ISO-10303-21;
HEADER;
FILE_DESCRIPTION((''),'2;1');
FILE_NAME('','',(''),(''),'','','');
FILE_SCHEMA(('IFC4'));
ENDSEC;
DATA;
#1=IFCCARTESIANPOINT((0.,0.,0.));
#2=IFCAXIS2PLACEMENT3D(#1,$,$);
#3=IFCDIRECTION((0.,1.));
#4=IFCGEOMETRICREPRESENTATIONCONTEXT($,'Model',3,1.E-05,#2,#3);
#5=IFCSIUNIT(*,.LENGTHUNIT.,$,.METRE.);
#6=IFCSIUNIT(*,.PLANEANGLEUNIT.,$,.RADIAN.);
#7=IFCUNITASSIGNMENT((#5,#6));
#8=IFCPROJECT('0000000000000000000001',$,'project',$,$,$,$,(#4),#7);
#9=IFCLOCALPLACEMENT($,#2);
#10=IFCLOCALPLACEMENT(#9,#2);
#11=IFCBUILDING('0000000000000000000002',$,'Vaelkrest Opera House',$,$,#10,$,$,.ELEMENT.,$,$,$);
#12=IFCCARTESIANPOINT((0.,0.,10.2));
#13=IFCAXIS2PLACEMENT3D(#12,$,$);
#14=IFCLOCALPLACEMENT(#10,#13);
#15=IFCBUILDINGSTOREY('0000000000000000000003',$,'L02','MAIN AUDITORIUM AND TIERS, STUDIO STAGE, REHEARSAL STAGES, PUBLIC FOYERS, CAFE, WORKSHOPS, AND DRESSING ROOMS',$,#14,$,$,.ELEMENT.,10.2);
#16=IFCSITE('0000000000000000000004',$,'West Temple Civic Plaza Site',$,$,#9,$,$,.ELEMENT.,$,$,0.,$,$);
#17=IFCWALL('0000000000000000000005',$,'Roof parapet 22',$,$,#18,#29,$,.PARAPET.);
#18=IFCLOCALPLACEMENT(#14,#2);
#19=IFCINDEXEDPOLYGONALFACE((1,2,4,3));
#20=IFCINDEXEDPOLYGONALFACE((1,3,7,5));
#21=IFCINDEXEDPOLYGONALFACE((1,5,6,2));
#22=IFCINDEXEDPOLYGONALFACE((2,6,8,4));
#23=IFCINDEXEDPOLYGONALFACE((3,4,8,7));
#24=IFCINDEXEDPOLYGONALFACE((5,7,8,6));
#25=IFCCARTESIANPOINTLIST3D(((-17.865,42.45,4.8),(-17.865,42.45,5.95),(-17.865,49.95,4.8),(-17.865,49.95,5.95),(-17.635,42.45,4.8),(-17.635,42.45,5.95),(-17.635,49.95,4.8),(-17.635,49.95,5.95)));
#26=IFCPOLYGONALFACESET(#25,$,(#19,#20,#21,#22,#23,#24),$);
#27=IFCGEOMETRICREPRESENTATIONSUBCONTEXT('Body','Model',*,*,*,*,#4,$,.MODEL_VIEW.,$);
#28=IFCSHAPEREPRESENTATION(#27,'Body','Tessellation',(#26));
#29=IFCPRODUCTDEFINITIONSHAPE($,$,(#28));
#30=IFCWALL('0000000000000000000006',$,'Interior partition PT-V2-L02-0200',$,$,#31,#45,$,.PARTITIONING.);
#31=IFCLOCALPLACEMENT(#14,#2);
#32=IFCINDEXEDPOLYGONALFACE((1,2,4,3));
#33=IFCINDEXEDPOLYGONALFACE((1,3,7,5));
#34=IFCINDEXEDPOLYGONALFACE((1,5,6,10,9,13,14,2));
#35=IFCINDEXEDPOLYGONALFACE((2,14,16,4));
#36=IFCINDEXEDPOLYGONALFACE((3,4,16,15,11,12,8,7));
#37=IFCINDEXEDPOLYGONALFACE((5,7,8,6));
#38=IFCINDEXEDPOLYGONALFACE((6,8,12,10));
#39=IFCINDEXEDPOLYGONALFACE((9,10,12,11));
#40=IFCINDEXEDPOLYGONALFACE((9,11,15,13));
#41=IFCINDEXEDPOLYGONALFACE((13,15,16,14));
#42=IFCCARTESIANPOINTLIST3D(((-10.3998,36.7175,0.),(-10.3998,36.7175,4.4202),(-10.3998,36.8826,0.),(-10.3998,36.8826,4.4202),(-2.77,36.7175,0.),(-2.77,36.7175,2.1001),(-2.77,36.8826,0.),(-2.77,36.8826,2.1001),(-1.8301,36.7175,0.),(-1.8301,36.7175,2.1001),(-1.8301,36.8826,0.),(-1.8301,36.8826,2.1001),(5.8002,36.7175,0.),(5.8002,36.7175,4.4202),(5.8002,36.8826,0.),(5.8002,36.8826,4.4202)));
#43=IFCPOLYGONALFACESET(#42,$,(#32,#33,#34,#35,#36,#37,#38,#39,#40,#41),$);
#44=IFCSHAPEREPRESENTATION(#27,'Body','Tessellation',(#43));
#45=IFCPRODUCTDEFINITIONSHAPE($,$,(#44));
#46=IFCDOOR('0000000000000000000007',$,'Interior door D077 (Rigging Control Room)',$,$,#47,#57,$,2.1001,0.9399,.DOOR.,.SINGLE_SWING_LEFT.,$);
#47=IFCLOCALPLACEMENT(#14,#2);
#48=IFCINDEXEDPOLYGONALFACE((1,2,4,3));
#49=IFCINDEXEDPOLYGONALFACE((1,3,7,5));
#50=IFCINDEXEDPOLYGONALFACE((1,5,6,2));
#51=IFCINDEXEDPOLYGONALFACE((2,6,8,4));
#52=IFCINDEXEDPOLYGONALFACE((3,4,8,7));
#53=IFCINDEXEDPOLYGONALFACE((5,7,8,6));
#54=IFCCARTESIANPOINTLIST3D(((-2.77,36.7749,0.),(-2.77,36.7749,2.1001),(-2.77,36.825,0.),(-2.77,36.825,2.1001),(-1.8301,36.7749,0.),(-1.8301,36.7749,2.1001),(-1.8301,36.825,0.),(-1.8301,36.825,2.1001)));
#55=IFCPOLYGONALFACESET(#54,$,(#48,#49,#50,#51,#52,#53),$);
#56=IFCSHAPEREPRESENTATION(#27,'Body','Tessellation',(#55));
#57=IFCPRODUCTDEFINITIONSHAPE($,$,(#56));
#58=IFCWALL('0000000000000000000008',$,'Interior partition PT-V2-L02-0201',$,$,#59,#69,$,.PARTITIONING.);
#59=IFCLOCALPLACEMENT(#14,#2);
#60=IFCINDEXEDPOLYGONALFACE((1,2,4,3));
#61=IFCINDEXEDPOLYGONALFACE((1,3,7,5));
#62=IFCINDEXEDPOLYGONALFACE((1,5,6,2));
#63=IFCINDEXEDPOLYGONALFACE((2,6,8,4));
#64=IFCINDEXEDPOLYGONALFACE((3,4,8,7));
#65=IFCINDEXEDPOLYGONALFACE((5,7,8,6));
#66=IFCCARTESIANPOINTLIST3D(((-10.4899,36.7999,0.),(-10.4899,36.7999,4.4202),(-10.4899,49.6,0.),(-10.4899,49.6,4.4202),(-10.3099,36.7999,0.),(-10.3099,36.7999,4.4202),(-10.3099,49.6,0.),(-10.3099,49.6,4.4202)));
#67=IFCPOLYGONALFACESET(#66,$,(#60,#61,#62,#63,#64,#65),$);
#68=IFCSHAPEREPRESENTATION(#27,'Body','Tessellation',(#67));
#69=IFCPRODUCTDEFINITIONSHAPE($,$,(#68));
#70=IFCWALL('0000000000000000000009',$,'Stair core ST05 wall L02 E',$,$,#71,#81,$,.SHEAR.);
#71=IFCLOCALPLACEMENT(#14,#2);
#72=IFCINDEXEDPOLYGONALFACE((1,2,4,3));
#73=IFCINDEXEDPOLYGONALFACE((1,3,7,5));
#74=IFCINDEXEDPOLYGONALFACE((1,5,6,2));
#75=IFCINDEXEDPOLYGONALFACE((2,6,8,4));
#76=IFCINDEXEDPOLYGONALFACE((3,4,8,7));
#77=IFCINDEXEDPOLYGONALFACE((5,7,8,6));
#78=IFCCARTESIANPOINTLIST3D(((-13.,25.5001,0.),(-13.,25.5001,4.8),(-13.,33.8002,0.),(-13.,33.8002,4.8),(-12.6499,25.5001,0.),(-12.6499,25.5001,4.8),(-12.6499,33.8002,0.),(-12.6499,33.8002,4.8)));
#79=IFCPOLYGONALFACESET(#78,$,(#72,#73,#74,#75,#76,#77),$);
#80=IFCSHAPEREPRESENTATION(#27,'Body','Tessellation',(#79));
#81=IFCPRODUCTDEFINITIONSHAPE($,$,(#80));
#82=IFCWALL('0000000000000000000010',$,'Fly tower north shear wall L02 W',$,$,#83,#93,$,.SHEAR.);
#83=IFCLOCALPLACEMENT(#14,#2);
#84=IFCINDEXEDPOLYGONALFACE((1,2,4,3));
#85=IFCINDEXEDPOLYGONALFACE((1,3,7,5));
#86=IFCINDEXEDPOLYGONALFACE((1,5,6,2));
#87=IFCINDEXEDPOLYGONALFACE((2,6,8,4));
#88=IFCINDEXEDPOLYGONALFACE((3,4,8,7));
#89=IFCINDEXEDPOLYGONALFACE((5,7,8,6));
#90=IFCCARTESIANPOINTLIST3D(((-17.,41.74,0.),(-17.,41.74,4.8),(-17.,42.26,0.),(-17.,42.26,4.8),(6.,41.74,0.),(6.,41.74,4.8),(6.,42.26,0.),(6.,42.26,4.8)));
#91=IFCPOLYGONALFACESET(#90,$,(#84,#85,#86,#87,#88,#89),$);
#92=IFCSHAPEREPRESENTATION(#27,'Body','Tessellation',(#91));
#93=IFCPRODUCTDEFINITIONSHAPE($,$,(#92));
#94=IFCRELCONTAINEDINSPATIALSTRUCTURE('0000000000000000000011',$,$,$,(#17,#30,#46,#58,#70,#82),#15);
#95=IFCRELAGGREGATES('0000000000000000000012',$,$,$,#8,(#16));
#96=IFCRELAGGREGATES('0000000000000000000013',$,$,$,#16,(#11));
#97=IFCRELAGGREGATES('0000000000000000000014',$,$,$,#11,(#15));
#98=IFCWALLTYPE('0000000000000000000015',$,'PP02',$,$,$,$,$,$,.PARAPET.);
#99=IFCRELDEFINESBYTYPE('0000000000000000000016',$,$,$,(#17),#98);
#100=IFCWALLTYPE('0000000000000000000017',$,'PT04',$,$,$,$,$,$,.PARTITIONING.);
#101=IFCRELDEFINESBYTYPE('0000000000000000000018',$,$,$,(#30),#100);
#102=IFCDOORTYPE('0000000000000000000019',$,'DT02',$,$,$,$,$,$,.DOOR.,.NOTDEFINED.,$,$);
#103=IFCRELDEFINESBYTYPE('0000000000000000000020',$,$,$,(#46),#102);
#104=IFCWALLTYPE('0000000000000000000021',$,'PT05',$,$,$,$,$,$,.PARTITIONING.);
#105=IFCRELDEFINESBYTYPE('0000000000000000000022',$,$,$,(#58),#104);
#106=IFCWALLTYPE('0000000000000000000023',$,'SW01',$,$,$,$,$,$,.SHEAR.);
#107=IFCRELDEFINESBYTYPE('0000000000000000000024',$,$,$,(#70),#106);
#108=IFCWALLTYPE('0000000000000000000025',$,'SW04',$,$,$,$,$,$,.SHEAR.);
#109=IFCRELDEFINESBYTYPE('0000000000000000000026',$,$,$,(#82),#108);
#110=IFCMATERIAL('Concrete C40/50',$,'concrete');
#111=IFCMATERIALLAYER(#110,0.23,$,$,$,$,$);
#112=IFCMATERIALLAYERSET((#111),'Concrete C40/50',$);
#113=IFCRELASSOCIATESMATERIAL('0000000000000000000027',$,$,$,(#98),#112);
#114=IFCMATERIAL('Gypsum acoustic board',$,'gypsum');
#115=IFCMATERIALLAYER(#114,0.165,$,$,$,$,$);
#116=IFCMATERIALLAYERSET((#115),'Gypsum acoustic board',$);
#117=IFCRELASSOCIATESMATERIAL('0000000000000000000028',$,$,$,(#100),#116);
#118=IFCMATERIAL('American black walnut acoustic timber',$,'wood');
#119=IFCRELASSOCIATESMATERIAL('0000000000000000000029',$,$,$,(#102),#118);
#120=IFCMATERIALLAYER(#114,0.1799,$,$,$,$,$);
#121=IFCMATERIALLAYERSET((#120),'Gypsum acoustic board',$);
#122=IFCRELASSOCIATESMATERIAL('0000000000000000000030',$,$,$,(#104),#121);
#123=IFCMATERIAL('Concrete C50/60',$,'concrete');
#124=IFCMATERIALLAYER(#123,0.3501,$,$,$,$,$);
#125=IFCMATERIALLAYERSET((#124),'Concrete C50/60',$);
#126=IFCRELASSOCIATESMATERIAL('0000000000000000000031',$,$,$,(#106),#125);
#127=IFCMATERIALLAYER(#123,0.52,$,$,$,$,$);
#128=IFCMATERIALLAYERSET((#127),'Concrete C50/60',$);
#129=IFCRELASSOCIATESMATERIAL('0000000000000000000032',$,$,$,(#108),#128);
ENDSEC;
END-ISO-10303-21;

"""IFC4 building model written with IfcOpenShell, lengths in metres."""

from ifc_helpers import new_model, si_unit, direction, frame, frame_2d, origin, place, context, subcontext, project, spatial, rectangle, extrude, material, layer, layer_set, type_object, element, fill, save


model = new_model("IFC4")

# Units and contexts
model_context = context("Model", 3, precision=1e-05, world=origin(), true_north=direction((0.0, 1.0)))
body_context = subcontext(model_context, "Body", "Model", "MODEL_VIEW")
ifc_project = project(units=[si_unit("LENGTHUNIT", "METRE"), si_unit("PLANEANGLEUNIT", "RADIAN")], contexts=[model_context])

# Site, building, storey
site_placement = place(None, origin())
site = spatial("IfcSite", under=ifc_project, at=site_placement, Name="West Temple Civic Plaza Site", CompositionType="ELEMENT", RefElevation=0.0)
building_placement = place(site_placement, origin())
building = spatial("IfcBuilding", under=site, at=building_placement, Name="Vaelkrest Opera House", CompositionType="ELEMENT")
storey_placement = place(building_placement, frame((0.0, 0.0, 10.2)))
storey = spatial("IfcBuildingStorey", under=building, at=storey_placement, Name="L02", Description="MAIN AUDITORIUM AND TIERS, STUDIO STAGE, REHEARSAL STAGES, PUBLIC FOYERS, CAFE, WORKSHOPS, AND DRESSING ROOMS", CompositionType="ELEMENT", Elevation=10.2)

# Shared definitions
ifc_material_1 = material(Name="Concrete C50/60", Category="concrete")

# Wall
ifc_material_2 = material(Name="Concrete C40/50", Category="concrete")
ifc_layer_1 = layer(ifc_material_2, 0.23)
ifc_layer_set_1 = layer_set([ifc_layer_1], Name="Concrete C40/50")
wall_type_1 = type_object("IfcWallType", Name="PP02", PredefinedType="PARAPET", material=ifc_layer_set_1)
wall_1_placement = place(storey_placement, frame((-17.75, 49.95, 4.8), z_axis=(0.0, 0.0, 1.0), x_axis=(0.0, -1.0, 0.0)))
element("IfcWall", 1, at=wall_1_placement, inside=storey, type_object=wall_type_1, Name="Roof parapet 22", PredefinedType="PARAPET", context=body_context, shape_type="SweptSolid", body=[
    extrude(rectangle(XDim=7.5, YDim=0.23, at=frame_2d((3.75, 0.0))), origin(), (0.0, 0.0, 1.0), 1.1499),
])

# Wall, opening, door
ifc_material_3 = material(Name="Gypsum acoustic board", Category="gypsum")
ifc_layer_2 = layer(ifc_material_3, 0.165)
ifc_layer_set_2 = layer_set([ifc_layer_2], Name="Gypsum acoustic board")
wall_type_2 = type_object("IfcWallType", Name="PT04", PredefinedType="PARTITIONING", material=ifc_layer_set_2)
wall_2_placement = place(storey_placement, frame((-10.3999, 36.8, 0.0), z_axis=(0.0, 0.0, 1.0), x_axis=(1.0, 0.0, 0.0)))
wall_2 = element("IfcWall", 2, at=wall_2_placement, inside=storey, type_object=wall_type_2, Name="Interior partition PT-V2-L02-0200", PredefinedType="PARTITIONING", context=body_context, shape_type="SweptSolid", body=[
    extrude(rectangle(XDim=16.2, YDim=0.165, at=frame_2d((8.1001, 0.0))), origin(), (0.0, 0.0, 1.0), 4.4202),
])
opening_1_placement = place(wall_2_placement, frame((7.6299, 0.0, 0.0)))
opening_1 = element("IfcOpeningElement", 3, at=opening_1_placement, cuts=wall_2, PredefinedType="OPENING", context=body_context, shape_type="SweptSolid", body=[
    extrude(rectangle(XDim=0.9399, YDim=2.1001, at=frame_2d((0.47, 1.05))), frame((0.0, 0.0925, 0.0), z_axis=(0.0, -1.0, 0.0), x_axis=(1.0, 0.0, 0.0)), (0.0, 0.0, 1.0), 0.1851),
])
ifc_material_4 = material(Name="American black walnut acoustic timber", Category="wood")
door_type_1 = type_object("IfcDoorType", Name="DT02", OperationType="NOTDEFINED", PredefinedType="DOOR", material=ifc_material_4)
door_1_placement = place(opening_1_placement, origin())
door_1 = element("IfcDoor", 4, at=door_1_placement, inside=storey, type_object=door_type_1, Name="Interior door D077 (Rigging Control Room)", OperationType="SINGLE_SWING_LEFT", OverallHeight=2.1001, OverallWidth=0.9399, PredefinedType="DOOR", context=body_context, shape_type="SweptSolid", body=[
    extrude(rectangle(XDim=0.9399, YDim=2.1001, at=frame_2d((0.47, 1.05))), frame((0.0, 0.0249, 0.0), z_axis=(0.0, -1.0, 0.0), x_axis=(1.0, 0.0, 0.0)), (0.0, 0.0, 1.0), 0.05),
])
fill(opening_1, door_1)

# Wall
ifc_layer_3 = layer(ifc_material_3, 0.1799)
ifc_layer_set_3 = layer_set([ifc_layer_3], Name="Gypsum acoustic board")
wall_type_3 = type_object("IfcWallType", Name="PT05", PredefinedType="PARTITIONING", material=ifc_layer_set_3)
wall_3_placement = place(storey_placement, frame((-10.3999, 36.8, 0.0), z_axis=(0.0, 0.0, 1.0), x_axis=(0.0, 1.0, 0.0)))
element("IfcWall", 5, at=wall_3_placement, inside=storey, type_object=wall_type_3, Name="Interior partition PT-V2-L02-0201", PredefinedType="PARTITIONING", context=body_context, shape_type="SweptSolid", body=[
    extrude(rectangle(XDim=12.8, YDim=0.1799, at=frame_2d((6.3999, 0.0))), origin(), (0.0, 0.0, 1.0), 4.4202),
])

# Shared definitions
ifc_layer_4 = layer(ifc_material_1, 0.3501)
ifc_layer_set_4 = layer_set([ifc_layer_4], Name="Concrete C50/60")
wall_type_4 = type_object("IfcWallType", Name="SW01", PredefinedType="SHEAR", material=ifc_layer_set_4)

# Walls
wall_4_placement = place(storey_placement, frame((-12.825, 33.8, 0.0), z_axis=(0.0, 0.0, 1.0), x_axis=(0.0, -1.0, 0.0)))
element("IfcWall", 6, at=wall_4_placement, inside=storey, type_object=wall_type_4, Name="Stair core ST05 wall L02 E", PredefinedType="SHEAR", context=body_context, shape_type="SweptSolid", body=[
    extrude(rectangle(XDim=8.3, YDim=0.3501, at=frame_2d((4.1499, 0.0))), origin(), (0.0, 0.0, 1.0), 4.8),
])
ifc_layer_5 = layer(ifc_material_1, 0.52)
ifc_layer_set_5 = layer_set([ifc_layer_5], Name="Concrete C50/60")
wall_type_5 = type_object("IfcWallType", Name="SW04", PredefinedType="SHEAR", material=ifc_layer_set_5)
wall_5_placement = place(storey_placement, frame((-17.0, 42.0, 0.0), z_axis=(0.0, 0.0, 1.0), x_axis=(1.0, 0.0, 0.0)))
element("IfcWall", 7, at=wall_5_placement, inside=storey, type_object=wall_type_5, Name="Fly tower north shear wall L02 W", PredefinedType="SHEAR", context=body_context, shape_type="SweptSolid", body=[
    extrude(rectangle(XDim=23.0, YDim=0.52, at=frame_2d((11.5, 0.0))), origin(), (0.0, 0.0, 1.0), 4.8),
])

save(model, "model.ifc")
